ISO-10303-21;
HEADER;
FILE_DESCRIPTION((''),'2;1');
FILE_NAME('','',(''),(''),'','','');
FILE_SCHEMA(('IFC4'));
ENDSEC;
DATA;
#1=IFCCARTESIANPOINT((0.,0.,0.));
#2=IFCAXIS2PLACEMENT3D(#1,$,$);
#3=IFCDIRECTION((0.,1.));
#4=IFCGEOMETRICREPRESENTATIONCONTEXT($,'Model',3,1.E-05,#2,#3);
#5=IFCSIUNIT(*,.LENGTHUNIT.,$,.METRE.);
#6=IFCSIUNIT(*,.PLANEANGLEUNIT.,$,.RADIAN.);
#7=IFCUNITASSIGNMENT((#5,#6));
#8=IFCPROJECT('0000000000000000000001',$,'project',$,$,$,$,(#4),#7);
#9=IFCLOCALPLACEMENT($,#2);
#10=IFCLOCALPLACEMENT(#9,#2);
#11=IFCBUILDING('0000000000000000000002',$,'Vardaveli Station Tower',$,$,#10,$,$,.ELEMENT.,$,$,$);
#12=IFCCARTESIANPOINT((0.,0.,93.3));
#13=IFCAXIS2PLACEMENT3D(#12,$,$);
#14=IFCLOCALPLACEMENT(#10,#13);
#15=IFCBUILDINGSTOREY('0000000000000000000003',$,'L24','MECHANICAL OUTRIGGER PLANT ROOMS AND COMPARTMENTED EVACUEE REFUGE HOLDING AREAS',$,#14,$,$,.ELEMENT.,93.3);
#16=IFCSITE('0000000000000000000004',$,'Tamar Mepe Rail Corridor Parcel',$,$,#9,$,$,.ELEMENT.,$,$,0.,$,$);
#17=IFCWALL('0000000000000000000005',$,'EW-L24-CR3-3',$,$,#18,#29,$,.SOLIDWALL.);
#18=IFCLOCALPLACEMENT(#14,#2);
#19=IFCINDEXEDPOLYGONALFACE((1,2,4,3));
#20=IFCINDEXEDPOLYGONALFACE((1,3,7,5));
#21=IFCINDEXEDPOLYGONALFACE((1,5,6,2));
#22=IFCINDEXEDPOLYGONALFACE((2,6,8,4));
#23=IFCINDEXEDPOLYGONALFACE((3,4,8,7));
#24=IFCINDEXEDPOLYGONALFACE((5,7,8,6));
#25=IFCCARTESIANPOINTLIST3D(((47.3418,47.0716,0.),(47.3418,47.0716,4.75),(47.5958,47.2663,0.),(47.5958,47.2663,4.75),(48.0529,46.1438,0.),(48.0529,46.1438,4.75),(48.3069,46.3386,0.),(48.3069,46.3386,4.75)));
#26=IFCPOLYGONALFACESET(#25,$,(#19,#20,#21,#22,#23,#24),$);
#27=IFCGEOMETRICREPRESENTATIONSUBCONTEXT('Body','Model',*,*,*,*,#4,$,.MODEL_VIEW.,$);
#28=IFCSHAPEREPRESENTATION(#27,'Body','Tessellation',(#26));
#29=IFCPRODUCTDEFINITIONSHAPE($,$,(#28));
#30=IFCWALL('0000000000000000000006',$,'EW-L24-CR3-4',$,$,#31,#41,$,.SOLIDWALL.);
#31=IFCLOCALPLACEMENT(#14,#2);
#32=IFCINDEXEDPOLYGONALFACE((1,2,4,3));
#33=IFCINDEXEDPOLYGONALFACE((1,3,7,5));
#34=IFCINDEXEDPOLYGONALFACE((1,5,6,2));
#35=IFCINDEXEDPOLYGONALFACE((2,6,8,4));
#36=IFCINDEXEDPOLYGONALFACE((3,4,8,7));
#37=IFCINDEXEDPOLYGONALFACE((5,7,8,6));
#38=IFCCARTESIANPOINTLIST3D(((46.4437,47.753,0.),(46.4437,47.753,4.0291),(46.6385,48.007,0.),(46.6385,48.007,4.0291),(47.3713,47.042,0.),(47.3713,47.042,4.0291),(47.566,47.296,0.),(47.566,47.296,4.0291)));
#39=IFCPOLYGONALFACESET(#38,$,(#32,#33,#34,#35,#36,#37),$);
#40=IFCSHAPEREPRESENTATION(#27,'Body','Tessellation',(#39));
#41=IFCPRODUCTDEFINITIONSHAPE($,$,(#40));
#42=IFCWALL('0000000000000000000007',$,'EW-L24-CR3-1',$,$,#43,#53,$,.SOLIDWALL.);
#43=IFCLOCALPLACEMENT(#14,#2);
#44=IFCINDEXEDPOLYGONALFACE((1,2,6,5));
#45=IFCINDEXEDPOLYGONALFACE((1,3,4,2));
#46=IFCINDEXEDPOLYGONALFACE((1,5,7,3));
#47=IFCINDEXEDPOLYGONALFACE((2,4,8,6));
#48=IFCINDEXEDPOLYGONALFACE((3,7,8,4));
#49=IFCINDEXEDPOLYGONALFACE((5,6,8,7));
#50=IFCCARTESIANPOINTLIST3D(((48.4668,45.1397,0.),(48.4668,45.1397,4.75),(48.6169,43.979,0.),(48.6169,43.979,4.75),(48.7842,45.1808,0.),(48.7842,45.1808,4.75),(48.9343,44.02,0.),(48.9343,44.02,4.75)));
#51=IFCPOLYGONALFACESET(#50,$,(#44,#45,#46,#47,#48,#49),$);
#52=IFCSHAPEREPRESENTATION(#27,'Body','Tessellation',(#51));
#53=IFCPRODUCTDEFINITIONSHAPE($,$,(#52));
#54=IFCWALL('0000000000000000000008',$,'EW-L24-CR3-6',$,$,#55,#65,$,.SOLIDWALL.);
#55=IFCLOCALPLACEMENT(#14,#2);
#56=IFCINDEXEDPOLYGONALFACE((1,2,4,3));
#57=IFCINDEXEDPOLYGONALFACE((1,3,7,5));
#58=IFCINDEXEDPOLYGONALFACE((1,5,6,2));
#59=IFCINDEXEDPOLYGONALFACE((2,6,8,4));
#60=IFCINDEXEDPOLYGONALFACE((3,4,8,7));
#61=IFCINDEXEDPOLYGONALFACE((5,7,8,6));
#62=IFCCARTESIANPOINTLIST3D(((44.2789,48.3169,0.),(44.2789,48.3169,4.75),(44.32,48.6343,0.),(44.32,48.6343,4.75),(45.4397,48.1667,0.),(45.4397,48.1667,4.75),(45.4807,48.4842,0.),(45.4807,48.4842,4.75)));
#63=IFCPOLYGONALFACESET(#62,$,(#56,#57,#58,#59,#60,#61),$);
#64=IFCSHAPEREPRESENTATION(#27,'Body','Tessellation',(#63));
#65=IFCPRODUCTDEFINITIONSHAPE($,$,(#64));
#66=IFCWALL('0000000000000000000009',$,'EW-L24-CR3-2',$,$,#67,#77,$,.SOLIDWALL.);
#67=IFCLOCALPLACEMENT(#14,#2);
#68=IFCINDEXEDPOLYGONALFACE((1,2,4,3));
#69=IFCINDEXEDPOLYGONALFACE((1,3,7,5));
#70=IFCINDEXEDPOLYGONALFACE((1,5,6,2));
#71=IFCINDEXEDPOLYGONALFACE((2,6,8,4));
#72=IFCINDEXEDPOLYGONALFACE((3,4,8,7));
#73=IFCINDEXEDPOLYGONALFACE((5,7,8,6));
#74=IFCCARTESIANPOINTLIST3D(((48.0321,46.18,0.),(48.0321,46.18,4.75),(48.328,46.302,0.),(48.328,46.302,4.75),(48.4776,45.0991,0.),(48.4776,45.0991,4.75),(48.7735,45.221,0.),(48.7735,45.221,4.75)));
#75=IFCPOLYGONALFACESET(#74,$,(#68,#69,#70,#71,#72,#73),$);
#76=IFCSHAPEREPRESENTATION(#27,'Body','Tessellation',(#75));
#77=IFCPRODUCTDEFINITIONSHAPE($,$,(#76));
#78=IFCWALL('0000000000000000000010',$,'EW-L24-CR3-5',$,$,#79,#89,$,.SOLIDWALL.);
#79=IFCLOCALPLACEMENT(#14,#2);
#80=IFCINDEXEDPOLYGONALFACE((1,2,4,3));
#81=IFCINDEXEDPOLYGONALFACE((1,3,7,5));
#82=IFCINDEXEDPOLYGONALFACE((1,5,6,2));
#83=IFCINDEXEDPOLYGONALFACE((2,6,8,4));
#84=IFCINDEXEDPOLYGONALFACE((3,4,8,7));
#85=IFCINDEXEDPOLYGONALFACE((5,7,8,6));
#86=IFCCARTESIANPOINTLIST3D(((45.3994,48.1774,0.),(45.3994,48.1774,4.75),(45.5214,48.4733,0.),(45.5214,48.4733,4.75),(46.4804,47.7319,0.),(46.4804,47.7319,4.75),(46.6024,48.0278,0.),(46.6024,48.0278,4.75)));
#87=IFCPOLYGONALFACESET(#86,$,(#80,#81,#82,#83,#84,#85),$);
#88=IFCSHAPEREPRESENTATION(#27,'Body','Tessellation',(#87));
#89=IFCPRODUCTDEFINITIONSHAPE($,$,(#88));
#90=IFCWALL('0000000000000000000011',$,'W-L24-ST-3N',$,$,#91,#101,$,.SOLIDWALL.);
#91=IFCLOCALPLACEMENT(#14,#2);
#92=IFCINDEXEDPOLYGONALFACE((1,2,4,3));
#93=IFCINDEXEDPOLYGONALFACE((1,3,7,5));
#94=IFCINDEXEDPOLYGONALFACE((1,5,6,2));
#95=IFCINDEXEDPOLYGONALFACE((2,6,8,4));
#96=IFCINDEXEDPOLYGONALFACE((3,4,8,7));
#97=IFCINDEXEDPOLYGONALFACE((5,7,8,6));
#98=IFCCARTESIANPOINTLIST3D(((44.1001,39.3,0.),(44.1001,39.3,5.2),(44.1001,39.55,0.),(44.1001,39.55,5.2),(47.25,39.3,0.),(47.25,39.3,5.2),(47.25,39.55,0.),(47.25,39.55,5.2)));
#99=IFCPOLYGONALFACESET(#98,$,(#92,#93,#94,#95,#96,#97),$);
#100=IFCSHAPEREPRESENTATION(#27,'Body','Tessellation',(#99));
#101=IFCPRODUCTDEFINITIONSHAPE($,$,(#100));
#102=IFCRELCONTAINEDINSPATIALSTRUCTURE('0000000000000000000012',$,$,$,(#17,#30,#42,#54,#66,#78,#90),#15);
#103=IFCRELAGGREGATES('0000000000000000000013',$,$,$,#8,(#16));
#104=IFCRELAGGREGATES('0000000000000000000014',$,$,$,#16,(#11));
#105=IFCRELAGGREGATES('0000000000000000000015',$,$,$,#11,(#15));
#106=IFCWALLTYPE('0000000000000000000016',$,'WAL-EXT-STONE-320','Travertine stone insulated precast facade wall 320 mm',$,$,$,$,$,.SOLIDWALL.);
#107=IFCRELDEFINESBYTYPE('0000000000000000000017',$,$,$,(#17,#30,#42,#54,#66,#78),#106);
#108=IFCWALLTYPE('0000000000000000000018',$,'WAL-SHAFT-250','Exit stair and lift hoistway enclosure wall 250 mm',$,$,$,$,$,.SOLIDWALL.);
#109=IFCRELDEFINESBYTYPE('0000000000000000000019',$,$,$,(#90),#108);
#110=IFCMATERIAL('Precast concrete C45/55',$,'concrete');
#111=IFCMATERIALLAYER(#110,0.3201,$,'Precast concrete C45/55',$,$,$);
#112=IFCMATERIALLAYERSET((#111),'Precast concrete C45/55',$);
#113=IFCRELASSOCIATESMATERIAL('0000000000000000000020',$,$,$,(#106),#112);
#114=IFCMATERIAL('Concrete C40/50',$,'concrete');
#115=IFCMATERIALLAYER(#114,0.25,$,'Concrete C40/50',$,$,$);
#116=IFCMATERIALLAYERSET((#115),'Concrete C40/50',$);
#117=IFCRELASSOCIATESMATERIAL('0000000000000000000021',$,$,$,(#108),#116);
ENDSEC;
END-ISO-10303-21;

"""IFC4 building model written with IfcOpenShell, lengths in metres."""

from ifc_helpers import new_model, si_unit, direction, frame, frame_2d, origin, place, context, subcontext, project, spatial, rectangle, extrude, source, transform, mapped, material, layer, layer_set, type_object, element, save


model = new_model("IFC4")

# Units and contexts
model_context = context("Model", 3, precision=1e-05, world=origin(), true_north=direction((0.0, 1.0)))
body_context = subcontext(model_context, "Body", "Model", "MODEL_VIEW")
ifc_project = project(units=[si_unit("LENGTHUNIT", "METRE"), si_unit("PLANEANGLEUNIT", "RADIAN")], contexts=[model_context])

# Site, building, storey
site_placement = place(None, origin())
site = spatial("IfcSite", under=ifc_project, at=site_placement, Name="Tamar Mepe Rail Corridor Parcel", CompositionType="ELEMENT", RefElevation=0.0)
building_placement = place(site_placement, origin())
building = spatial("IfcBuilding", under=site, at=building_placement, Name="Vardaveli Station Tower", CompositionType="ELEMENT")
storey_placement = place(building_placement, frame((0.0, 0.0, 93.3)))
storey = spatial("IfcBuildingStorey", under=building, at=storey_placement, Name="L24", Description="MECHANICAL OUTRIGGER PLANT ROOMS AND COMPARTMENTED EVACUEE REFUGE HOLDING AREAS", CompositionType="ELEMENT", Elevation=93.3)

# Walls
ifc_material_1 = material(Name="Precast concrete C45/55", Category="concrete")
ifc_layer_1 = layer(ifc_material_1, 0.3201, Name="Precast concrete C45/55")
ifc_layer_set_1 = layer_set([ifc_layer_1], Name="Precast concrete C45/55")
wall_type_1 = type_object("IfcWallType", Name="WAL-EXT-STONE-320", Description="Travertine stone insulated precast facade wall 320 mm", PredefinedType="SOLIDWALL", material=ifc_layer_set_1)
shared_shape_1 = source(origin(), body_context, "Body", "SweptSolid", [
    extrude(rectangle(XDim=1.1689, YDim=0.3201, at=frame_2d((0.5845, 0.0))), origin(), (0.0, 0.0, 1.0), 4.75),
])
wall_1_placement = place(storey_placement, frame((48.1799, 46.2412, 0.0), z_axis=(0.0, 0.0, 1.0), x_axis=(-0.608388, 0.79364, 0.0)))
element("IfcWall", 1, at=wall_1_placement, inside=storey, type_object=wall_type_1, Name="EW-L24-CR3-3", PredefinedType="SOLIDWALL", context=body_context, shape_type="MappedRepresentation", body=[
    mapped(shared_shape_1, transform((0.0, 0.0, 0.0), scale=1.0)),
])
shared_shape_2 = source(origin(), body_context, "Body", "SweptSolid", [
    extrude(rectangle(XDim=1.1687, YDim=0.3201, at=frame_2d((0.5845, 0.0))), origin(), (0.0, 0.0, 1.0), 4.0291),
])
wall_2_placement = place(storey_placement, frame((47.4688, 47.1689, 0.0), z_axis=(0.0, 0.0, 1.0), x_axis=(-0.793664, 0.608357, 0.0)))
element("IfcWall", 2, at=wall_2_placement, inside=storey, type_object=wall_type_1, Name="EW-L24-CR3-4", PredefinedType="SOLIDWALL", context=body_context, shape_type="MappedRepresentation", body=[
    mapped(shared_shape_2, transform((0.0, 0.0, 0.0), scale=1.0)),
])
shared_shape_3 = source(origin(), body_context, "Body", "SweptSolid", [
    extrude(rectangle(XDim=1.1704, YDim=0.3201, at=frame_2d((0.5852, 0.0))), origin(), (0.0, 0.0, 1.0), 4.75),
])
for number, where, z_axis, x_axis, name in (
    (3, (48.7756, 43.9995, 0.0), (0.0, 0.0, 1.0), (-0.128296, 0.991736, 0.0), "EW-L24-CR3-1"),
    (4, (45.4602, 48.3254, 0.0), (0.0, 0.0, 1.0), (-0.991736, 0.128296, 0.0), "EW-L24-CR3-6"),
):
    element("IfcWall", number, at=place(storey_placement, frame(where, z_axis=z_axis, x_axis=x_axis)), inside=storey, type_object=wall_type_1, Name=name, PredefinedType="SOLIDWALL", context=body_context, shape_type="MappedRepresentation", body=[
        mapped(shared_shape_3, transform((0.0, 0.0, 0.0), scale=1.0)),
    ])
shared_shape_4 = source(origin(), body_context, "Body", "SweptSolid", [
    extrude(rectangle(XDim=1.1692, YDim=0.3201, at=frame_2d((0.5845, 0.0))), origin(), (0.0, 0.0, 1.0), 4.75),
])
for number, where, z_axis, x_axis, name in (
    (5, (48.6255, 45.1602, 0.0), (0.0, 0.0, 1.0), (-0.381054, 0.924553, 0.0), "EW-L24-CR3-2"),
    (6, (46.5413, 47.8799, 0.0), (0.0, 0.0, 1.0), (-0.924553, 0.381054, 0.0), "EW-L24-CR3-5"),
):
    element("IfcWall", number, at=place(storey_placement, frame(where, z_axis=z_axis, x_axis=x_axis)), inside=storey, type_object=wall_type_1, Name=name, PredefinedType="SOLIDWALL", context=body_context, shape_type="MappedRepresentation", body=[
        mapped(shared_shape_4, transform((0.0, 0.0, 0.0), scale=1.0)),
    ])
ifc_material_2 = material(Name="Concrete C40/50", Category="concrete")
ifc_layer_2 = layer(ifc_material_2, 0.25, Name="Concrete C40/50")
ifc_layer_set_2 = layer_set([ifc_layer_2], Name="Concrete C40/50")
wall_type_2 = type_object("IfcWallType", Name="WAL-SHAFT-250", Description="Exit stair and lift hoistway enclosure wall 250 mm", PredefinedType="SOLIDWALL", material=ifc_layer_set_2)
shared_shape_5 = source(origin(), body_context, "Body", "SweptSolid", [
    extrude(rectangle(XDim=3.1499, YDim=0.25, at=frame_2d((1.575, 0.0))), origin(), (0.0, 0.0, 1.0), 5.2),
])
wall_3_placement = place(storey_placement, frame((44.1001, 39.425, 0.0), z_axis=(0.0, 0.0, 1.0), x_axis=(1.0, 0.0, 0.0)))
element("IfcWall", 7, at=wall_3_placement, inside=storey, type_object=wall_type_2, Name="W-L24-ST-3N", PredefinedType="SOLIDWALL", context=body_context, shape_type="MappedRepresentation", body=[
    mapped(shared_shape_5, transform((0.0, 0.0, 0.0), scale=1.0)),
])

save(model, "model.ifc")
